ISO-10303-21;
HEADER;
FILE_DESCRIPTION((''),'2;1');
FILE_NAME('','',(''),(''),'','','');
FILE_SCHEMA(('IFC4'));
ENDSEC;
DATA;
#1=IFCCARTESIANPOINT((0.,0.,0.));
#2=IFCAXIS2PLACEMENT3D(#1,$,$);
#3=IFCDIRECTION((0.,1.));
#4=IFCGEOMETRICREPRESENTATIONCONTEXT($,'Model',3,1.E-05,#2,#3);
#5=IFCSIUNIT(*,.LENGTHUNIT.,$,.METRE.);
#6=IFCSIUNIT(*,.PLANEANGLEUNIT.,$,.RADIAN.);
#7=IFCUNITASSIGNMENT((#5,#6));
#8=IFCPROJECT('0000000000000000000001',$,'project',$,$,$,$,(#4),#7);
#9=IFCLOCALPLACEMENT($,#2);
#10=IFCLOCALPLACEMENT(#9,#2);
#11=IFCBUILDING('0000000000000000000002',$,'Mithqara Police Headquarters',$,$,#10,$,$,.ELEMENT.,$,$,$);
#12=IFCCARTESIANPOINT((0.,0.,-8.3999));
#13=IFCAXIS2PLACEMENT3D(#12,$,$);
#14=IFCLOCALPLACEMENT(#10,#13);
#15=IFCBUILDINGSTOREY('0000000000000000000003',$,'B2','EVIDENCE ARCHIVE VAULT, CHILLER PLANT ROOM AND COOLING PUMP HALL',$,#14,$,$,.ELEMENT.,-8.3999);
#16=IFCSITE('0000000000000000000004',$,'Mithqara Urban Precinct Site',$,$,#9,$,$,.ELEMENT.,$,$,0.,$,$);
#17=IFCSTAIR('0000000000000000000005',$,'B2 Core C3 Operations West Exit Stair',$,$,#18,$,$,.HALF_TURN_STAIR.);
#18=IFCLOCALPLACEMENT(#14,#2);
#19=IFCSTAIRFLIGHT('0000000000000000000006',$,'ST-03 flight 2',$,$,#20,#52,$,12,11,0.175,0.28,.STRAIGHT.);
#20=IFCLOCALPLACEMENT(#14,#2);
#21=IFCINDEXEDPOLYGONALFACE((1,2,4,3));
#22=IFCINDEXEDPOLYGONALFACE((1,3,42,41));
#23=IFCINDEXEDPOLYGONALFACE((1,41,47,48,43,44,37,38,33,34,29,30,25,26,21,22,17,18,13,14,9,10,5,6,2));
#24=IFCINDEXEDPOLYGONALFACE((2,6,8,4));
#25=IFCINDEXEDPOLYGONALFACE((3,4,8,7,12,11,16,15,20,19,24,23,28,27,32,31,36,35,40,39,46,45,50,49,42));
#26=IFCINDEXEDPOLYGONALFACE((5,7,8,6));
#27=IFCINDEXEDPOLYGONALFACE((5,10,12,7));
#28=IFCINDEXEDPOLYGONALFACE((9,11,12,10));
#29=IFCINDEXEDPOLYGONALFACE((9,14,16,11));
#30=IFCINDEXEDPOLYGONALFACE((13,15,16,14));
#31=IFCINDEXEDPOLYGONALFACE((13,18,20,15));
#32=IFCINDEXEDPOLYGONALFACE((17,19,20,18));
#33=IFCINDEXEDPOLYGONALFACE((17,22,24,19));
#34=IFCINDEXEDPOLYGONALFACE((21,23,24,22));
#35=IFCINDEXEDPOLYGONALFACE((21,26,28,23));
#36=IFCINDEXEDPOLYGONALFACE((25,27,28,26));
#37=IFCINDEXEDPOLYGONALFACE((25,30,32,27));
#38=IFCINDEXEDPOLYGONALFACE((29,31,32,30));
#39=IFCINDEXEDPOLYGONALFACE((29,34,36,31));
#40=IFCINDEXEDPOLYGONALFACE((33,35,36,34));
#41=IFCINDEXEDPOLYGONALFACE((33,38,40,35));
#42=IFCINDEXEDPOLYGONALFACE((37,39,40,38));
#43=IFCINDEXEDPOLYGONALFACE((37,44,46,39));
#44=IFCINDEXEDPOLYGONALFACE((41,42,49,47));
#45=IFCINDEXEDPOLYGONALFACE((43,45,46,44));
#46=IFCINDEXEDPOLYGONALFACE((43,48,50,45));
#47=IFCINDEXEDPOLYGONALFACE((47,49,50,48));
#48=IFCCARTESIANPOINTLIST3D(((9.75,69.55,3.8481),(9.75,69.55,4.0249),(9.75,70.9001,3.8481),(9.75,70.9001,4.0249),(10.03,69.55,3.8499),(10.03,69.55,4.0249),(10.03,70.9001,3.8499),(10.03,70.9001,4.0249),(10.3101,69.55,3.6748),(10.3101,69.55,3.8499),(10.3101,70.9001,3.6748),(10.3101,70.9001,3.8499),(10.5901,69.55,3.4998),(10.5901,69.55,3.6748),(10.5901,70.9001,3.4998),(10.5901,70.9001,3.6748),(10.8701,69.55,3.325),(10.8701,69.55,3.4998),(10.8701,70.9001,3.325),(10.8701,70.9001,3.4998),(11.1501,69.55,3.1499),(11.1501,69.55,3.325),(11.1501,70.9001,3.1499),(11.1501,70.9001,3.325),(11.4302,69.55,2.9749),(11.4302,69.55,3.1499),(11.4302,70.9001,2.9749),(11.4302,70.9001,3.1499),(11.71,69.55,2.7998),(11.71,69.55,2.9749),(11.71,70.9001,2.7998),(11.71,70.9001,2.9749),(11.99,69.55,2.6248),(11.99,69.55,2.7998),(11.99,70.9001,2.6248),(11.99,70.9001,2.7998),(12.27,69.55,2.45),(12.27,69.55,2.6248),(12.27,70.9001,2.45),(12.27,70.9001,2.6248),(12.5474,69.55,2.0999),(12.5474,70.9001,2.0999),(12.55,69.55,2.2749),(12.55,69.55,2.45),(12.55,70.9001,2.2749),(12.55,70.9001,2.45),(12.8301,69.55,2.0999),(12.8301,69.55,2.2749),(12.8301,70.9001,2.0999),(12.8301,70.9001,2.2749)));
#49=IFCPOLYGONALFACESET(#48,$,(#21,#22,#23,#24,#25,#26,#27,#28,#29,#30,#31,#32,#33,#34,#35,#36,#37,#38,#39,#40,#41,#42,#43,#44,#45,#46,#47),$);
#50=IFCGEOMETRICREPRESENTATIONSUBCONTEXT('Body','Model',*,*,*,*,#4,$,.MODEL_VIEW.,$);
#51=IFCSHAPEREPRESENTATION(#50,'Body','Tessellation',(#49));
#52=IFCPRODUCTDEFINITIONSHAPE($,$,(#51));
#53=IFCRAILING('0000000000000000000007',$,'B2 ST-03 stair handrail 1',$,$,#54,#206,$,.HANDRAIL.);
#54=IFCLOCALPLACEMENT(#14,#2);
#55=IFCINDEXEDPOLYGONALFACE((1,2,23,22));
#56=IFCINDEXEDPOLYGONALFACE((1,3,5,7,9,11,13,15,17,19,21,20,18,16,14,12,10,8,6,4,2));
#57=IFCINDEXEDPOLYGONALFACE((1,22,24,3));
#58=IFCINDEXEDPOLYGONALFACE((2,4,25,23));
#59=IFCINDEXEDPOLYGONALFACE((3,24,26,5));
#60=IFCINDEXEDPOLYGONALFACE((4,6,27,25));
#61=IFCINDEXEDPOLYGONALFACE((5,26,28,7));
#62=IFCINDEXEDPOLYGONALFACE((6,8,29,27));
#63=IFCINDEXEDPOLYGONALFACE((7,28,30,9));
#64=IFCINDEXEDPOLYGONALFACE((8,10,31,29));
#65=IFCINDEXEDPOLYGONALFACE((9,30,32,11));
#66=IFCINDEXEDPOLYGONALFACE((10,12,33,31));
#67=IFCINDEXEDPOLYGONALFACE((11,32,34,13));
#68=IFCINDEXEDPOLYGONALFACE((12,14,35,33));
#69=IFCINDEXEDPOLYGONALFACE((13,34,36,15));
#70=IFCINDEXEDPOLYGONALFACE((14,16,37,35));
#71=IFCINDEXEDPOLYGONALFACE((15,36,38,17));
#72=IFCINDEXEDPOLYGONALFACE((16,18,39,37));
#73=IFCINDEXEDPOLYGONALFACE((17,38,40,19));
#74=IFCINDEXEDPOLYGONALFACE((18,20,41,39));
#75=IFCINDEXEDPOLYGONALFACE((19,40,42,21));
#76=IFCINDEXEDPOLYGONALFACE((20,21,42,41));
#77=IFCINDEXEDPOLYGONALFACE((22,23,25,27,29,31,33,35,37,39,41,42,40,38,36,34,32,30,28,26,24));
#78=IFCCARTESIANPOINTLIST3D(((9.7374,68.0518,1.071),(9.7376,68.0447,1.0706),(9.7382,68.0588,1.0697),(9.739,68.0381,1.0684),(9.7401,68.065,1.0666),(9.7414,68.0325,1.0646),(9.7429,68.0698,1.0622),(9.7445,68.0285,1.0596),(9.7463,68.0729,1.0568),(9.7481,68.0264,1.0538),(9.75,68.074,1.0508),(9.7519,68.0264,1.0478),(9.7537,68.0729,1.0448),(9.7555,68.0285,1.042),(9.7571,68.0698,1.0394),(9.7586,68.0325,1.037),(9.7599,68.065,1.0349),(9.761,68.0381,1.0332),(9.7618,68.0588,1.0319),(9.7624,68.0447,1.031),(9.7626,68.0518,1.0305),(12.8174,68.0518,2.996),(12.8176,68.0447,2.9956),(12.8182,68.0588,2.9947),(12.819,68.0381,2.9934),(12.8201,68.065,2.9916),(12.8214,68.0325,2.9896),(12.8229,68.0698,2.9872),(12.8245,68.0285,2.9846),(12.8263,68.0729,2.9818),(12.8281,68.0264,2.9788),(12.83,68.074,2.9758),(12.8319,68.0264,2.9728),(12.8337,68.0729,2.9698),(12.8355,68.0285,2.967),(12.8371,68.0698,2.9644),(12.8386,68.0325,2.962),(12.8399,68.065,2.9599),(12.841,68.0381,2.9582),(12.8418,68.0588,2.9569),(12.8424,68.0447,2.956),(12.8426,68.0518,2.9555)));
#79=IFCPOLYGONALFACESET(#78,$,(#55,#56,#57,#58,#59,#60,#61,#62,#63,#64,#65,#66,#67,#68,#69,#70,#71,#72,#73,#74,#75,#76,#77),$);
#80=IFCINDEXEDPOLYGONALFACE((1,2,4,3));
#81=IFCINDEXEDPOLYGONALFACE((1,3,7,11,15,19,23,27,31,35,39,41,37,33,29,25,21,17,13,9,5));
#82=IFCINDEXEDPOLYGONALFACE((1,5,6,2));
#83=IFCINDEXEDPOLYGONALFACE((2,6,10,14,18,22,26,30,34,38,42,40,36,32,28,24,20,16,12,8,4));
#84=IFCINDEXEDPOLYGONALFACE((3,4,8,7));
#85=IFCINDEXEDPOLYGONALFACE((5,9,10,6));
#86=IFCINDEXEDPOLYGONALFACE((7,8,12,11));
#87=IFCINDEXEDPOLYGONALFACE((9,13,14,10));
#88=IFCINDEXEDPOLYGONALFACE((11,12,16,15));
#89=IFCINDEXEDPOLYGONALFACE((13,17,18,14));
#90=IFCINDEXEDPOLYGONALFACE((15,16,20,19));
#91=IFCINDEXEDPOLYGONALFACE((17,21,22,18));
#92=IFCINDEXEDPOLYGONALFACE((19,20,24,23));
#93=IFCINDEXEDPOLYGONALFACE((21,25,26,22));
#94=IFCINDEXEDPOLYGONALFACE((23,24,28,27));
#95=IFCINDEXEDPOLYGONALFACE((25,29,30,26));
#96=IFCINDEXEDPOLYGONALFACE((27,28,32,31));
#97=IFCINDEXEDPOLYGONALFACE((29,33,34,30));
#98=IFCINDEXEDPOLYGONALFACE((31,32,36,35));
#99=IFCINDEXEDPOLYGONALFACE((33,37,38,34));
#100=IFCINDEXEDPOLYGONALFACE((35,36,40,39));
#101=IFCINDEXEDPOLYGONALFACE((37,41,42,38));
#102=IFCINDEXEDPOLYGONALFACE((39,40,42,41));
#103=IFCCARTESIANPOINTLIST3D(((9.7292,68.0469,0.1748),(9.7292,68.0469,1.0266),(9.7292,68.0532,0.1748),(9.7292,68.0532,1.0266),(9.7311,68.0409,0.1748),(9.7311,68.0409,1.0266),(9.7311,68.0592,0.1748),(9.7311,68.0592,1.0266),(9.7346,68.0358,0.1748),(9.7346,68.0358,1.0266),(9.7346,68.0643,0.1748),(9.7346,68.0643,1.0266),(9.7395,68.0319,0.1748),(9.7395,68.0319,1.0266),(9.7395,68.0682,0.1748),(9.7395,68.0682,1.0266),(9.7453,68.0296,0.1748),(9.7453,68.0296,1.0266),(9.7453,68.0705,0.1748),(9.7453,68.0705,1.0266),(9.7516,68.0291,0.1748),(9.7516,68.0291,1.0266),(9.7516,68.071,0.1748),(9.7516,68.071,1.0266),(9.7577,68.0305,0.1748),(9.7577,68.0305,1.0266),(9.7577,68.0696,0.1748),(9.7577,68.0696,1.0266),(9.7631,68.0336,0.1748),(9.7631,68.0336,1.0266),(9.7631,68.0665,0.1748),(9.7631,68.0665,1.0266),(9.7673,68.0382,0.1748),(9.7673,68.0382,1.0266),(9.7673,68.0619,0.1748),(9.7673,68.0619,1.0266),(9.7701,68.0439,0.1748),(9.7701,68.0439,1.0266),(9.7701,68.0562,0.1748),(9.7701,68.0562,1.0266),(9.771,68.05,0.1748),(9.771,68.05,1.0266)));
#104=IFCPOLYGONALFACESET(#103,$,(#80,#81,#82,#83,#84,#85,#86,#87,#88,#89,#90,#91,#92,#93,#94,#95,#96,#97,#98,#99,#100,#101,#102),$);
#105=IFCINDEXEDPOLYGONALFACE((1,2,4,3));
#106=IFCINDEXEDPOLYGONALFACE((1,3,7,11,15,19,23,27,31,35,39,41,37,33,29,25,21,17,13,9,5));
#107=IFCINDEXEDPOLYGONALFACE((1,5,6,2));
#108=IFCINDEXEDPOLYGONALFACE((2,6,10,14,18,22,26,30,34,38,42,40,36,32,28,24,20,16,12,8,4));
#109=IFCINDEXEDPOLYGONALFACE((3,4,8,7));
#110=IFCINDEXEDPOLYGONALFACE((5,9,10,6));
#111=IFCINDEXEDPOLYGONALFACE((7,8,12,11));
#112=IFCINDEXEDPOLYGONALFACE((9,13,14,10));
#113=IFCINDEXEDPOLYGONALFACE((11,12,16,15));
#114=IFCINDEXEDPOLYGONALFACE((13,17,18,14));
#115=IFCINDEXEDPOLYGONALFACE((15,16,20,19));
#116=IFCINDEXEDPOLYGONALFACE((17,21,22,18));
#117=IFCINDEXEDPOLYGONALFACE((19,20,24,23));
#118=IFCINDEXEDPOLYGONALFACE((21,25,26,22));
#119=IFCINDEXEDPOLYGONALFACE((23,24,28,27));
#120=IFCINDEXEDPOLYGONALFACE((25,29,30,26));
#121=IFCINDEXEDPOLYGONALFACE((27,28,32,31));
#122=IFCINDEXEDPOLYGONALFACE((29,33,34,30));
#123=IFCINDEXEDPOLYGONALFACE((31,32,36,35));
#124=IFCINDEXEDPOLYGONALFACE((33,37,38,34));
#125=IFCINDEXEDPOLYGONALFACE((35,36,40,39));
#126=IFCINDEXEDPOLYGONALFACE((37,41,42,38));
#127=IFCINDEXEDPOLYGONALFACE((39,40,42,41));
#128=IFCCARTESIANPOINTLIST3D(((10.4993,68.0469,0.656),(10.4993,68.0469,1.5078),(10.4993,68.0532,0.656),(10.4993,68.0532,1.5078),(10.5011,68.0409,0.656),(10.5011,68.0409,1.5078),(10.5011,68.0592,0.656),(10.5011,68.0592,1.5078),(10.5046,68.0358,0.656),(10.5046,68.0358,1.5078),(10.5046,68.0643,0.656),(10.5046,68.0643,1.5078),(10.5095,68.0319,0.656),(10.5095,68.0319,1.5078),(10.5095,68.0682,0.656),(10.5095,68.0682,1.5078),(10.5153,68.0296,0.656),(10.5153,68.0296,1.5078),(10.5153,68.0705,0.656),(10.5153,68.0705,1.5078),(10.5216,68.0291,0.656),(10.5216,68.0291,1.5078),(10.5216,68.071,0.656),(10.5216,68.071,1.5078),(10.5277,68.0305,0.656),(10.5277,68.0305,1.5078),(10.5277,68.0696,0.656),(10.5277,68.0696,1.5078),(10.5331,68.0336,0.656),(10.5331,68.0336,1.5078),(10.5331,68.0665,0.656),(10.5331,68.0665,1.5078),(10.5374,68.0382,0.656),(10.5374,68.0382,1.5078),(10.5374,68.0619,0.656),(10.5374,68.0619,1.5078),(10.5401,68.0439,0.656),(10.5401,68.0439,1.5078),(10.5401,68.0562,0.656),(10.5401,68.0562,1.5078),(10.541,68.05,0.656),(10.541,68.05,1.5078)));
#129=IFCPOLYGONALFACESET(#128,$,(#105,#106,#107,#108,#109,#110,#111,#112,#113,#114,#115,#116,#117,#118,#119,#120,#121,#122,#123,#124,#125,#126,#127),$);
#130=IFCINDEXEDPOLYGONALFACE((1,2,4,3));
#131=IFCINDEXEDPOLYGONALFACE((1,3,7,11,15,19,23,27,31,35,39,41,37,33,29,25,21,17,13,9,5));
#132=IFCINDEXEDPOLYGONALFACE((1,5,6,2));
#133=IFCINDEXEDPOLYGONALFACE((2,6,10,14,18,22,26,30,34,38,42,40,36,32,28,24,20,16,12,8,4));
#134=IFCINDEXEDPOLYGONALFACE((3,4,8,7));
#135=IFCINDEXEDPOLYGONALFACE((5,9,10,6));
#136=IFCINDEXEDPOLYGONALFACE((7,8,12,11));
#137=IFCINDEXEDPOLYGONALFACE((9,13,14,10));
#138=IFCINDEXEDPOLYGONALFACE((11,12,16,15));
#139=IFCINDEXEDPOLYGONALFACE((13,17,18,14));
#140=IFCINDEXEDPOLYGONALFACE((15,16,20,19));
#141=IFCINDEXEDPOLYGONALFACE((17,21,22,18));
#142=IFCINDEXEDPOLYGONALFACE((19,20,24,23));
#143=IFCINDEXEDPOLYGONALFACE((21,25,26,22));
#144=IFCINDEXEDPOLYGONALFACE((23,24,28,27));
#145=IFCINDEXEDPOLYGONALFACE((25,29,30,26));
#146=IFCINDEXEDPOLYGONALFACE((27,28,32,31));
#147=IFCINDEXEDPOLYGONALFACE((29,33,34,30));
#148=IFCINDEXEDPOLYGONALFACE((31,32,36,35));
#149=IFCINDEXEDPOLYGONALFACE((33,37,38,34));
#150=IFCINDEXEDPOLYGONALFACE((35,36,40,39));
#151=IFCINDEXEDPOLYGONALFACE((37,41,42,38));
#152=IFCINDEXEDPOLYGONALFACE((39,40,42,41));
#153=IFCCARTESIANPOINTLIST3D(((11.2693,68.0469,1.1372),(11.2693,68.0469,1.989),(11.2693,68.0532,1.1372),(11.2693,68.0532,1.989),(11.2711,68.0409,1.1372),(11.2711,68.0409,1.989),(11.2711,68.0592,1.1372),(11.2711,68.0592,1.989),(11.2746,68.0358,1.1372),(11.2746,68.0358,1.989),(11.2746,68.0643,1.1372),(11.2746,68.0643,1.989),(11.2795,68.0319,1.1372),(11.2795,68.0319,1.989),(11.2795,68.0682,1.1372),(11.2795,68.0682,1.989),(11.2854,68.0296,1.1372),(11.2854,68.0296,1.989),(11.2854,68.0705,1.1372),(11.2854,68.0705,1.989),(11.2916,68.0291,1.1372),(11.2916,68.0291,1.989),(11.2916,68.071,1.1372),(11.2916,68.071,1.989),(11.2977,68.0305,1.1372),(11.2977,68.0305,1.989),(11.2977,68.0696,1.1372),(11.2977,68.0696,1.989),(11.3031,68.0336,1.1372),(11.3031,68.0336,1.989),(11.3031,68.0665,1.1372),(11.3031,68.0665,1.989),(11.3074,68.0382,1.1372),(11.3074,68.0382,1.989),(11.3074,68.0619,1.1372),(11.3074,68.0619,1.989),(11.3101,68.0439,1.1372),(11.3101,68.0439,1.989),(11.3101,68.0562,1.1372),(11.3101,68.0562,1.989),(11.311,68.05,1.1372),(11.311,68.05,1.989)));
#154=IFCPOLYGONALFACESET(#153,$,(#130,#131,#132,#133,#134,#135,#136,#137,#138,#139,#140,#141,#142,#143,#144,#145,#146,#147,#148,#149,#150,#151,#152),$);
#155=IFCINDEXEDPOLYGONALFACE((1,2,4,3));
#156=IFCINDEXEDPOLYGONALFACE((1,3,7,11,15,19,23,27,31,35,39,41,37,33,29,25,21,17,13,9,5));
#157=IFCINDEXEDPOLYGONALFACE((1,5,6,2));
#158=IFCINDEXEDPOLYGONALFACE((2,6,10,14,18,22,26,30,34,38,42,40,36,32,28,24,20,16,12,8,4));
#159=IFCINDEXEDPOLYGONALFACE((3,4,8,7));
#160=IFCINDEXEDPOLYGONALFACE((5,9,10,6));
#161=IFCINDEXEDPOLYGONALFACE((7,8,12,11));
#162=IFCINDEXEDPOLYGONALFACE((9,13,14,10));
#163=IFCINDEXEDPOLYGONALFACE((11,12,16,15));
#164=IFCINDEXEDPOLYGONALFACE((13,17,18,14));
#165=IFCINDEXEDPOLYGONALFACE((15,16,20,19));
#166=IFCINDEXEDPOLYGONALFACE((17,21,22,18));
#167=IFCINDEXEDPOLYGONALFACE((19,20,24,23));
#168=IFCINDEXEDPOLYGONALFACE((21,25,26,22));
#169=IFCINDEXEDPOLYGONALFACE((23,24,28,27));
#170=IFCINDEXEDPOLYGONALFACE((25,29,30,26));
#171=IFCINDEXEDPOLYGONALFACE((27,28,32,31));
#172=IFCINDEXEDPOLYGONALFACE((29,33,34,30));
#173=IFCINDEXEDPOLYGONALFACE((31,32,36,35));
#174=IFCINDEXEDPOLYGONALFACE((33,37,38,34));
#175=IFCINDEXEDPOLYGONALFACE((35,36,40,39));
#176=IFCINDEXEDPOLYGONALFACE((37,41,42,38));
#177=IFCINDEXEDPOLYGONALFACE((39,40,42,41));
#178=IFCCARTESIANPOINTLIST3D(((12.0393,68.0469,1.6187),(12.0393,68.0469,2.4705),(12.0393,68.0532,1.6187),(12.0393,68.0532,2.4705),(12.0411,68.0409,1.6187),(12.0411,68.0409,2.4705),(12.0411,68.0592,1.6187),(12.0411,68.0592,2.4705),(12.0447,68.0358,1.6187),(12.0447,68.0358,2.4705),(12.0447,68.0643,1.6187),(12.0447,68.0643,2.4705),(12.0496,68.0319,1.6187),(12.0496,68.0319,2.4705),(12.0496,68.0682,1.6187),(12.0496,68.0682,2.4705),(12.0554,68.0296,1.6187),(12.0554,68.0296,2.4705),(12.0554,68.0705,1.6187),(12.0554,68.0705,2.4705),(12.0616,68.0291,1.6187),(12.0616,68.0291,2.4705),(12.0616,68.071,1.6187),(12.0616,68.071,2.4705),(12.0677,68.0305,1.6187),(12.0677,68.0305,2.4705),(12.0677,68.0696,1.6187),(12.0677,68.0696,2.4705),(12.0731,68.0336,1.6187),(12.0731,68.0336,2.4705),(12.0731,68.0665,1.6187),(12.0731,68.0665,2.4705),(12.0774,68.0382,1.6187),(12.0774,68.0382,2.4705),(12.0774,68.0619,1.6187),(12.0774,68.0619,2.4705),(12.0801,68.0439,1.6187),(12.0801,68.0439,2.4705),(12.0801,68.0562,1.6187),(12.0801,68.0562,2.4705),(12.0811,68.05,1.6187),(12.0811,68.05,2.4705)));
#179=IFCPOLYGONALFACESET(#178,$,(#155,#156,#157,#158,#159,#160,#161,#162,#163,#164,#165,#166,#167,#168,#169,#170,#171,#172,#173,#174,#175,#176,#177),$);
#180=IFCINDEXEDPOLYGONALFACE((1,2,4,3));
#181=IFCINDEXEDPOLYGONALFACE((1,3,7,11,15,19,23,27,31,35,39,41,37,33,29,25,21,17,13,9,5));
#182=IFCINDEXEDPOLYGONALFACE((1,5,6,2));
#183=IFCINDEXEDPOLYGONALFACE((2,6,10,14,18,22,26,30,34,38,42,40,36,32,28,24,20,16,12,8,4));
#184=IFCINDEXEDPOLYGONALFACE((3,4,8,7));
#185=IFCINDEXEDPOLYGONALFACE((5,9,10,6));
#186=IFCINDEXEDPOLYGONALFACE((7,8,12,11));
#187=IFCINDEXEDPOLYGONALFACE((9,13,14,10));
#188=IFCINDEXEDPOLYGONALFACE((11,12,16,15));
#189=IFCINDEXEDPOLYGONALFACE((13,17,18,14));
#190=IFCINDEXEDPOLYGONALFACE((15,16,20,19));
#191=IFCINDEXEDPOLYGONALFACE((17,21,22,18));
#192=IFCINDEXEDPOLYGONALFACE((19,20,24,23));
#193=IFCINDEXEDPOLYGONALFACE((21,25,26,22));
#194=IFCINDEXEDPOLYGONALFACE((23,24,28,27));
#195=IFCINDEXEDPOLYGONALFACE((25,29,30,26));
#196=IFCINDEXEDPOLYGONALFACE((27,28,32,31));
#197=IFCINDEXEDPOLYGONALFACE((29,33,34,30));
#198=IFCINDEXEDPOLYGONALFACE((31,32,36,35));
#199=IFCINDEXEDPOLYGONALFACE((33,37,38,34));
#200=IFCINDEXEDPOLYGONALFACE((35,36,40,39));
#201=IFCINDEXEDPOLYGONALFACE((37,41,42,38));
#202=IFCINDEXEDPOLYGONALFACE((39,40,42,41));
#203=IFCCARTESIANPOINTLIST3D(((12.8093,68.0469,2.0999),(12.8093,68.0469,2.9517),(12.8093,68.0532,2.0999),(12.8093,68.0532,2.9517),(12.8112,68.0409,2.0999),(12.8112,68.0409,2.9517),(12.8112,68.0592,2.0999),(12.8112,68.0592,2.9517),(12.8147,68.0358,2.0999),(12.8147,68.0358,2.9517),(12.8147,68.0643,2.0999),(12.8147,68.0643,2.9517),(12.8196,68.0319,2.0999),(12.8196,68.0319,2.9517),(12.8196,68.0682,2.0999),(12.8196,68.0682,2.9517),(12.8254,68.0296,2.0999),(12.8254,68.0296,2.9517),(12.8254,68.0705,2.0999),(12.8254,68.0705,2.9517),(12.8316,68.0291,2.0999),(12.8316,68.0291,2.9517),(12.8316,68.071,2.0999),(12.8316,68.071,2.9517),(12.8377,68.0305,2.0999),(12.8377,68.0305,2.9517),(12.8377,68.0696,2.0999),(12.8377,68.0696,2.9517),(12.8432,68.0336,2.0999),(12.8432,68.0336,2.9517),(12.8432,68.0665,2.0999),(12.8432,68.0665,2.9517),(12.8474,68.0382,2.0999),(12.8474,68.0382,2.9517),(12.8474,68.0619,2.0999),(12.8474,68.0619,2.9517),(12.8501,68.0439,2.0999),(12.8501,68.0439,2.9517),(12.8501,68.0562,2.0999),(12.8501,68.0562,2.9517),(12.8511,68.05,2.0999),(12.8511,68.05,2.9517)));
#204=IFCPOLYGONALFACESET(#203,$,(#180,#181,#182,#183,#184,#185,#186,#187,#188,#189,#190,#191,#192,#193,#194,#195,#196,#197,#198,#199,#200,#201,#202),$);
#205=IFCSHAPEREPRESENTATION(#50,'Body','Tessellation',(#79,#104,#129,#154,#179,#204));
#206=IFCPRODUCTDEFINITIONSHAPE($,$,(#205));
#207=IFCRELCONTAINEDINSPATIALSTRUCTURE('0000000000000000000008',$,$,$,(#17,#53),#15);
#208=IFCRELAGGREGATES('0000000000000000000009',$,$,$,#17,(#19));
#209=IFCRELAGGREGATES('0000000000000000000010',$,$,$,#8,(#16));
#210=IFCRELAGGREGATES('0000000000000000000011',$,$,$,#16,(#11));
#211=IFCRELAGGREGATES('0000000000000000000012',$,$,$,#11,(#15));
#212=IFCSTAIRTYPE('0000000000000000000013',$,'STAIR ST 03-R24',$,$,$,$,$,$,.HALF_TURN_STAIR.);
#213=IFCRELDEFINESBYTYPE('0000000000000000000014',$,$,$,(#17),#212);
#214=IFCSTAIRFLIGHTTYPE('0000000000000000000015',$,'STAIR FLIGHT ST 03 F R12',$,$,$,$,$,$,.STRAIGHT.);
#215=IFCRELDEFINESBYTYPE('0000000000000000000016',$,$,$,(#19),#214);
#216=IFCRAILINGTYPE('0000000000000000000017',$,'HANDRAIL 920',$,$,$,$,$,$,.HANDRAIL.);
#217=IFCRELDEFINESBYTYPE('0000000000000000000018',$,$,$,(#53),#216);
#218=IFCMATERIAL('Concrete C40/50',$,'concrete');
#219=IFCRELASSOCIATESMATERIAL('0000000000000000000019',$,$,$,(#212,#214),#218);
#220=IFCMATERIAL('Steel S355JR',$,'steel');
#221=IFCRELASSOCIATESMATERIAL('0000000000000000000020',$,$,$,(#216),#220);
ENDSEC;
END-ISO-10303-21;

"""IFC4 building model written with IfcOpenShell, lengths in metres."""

from ifc_helpers import new_model, si_unit, direction, frame, origin, origin_2d, place, context, subcontext, project, spatial, polyline, circle, outline, extrude, material, type_object, element, aggregate, save


model = new_model("IFC4")

# Units and contexts
model_context = context("Model", 3, precision=1e-05, world=origin(), true_north=direction((0.0, 1.0)))
body_context = subcontext(model_context, "Body", "Model", "MODEL_VIEW")
ifc_project = project(units=[si_unit("LENGTHUNIT", "METRE"), si_unit("PLANEANGLEUNIT", "RADIAN")], contexts=[model_context])

# Site, building, storey
site_placement = place(None, origin())
site = spatial("IfcSite", under=ifc_project, at=site_placement, Name="Mithqara Urban Precinct Site", CompositionType="ELEMENT", RefElevation=0.0)
building_placement = place(site_placement, origin())
building = spatial("IfcBuilding", under=site, at=building_placement, Name="Mithqara Police Headquarters", CompositionType="ELEMENT")
storey_placement = place(building_placement, frame((0.0, 0.0, -8.3999)))
storey = spatial("IfcBuildingStorey", under=building, at=storey_placement, Name="B2", Description="EVIDENCE ARCHIVE VAULT, CHILLER PLANT ROOM AND COOLING PUMP HALL", CompositionType="ELEMENT", Elevation=-8.3999)

# Shared definitions
ifc_material_1 = material(Name="Concrete C40/50", Category="concrete")

# Shared definitions
ifc_material_2 = material(Name="Steel S355JR", Category="steel")

# Stair, stair flight
stair_type = type_object("IfcStairType", Name="STAIR ST 03-R24", PredefinedType="HALF_TURN_STAIR", material=ifc_material_1)
stair_placement = place(storey_placement, origin())
stair = element("IfcStair", 1, at=stair_placement, inside=storey, type_object=stair_type, Name="B2 Core C3 Operations West Exit Stair", PredefinedType="HALF_TURN_STAIR")
stair_flight_type = type_object("IfcStairFlightType", Name="STAIR FLIGHT ST 03 F R12", PredefinedType="STRAIGHT", material=ifc_material_1)
stair_flight_1_placement = place(storey_placement, frame((12.8301, 70.2251, 2.0999), z_axis=(0.0, 0.0, 1.0), x_axis=(-1.0, 0.0, 0.0)))
stair_flight_1 = element("IfcStairFlight", 2, at=stair_flight_1_placement, type_object=stair_flight_type, Name="ST-03 flight 2", NumberOfRisers=12, NumberOfTreads=11, PredefinedType="STRAIGHT", RiserHeight=0.175, TreadLength=0.28, context=body_context, shape_type="SweptSolid", body=[
    extrude(outline(polyline([(0.0, 0.0), (0.0, 0.175), (0.28, 0.175), (0.28, 0.3501), (0.5601, 0.3501), (0.5601, 0.5249), (0.8401, 0.5249), (0.8401, 0.7), (1.1201, 0.7), (1.1201, 0.875), (1.3999, 0.875), (1.3999, 1.05), (1.6799, 1.05), (1.6799, 1.2251), (1.96, 1.2251), (1.96, 1.3999), (2.24, 1.3999), (2.24, 1.575), (2.52, 1.575), (2.52, 1.75), (2.8, 1.75), (2.8, 1.925), (3.0801, 1.925), (3.0801, 2.1001), (3.0801, 1.7483), (0.2827, 0.0), (0.0, 0.0)])), frame((0.0, 0.675, 0.0), z_axis=(0.0, -1.0, 0.0), x_axis=(1.0, 0.0, 0.0)), (0.0, 0.0, 1.0), 1.3501),
])
aggregate(stair, [stair_flight_1])

# Railing
railing_type_1 = type_object("IfcRailingType", Name="HANDRAIL 920", PredefinedType="HANDRAIL", material=ifc_material_2)
railing_1_placement = place(storey_placement, frame((9.75, 68.05, 0.1748)))
element("IfcRailing", 3, at=railing_1_placement, inside=storey, type_object=railing_type_1, Name="B2 ST-03 stair handrail 1", PredefinedType="HANDRAIL", context=body_context, shape_type="SweptSolid", body=[
    extrude(circle(Radius=0.0239, at=origin_2d()), frame((0.0, 0.0, 0.876), z_axis=(0.847998, 0.0, 0.529999), x_axis=(0.0, 1.0, 0.0)), (0.0, 0.0, 1.0), 3.6321),
    extrude(circle(Radius=0.021, at=origin_2d()), origin(), (0.0, 0.0, 1.0), 0.8518),
    extrude(circle(Radius=0.021, at=origin_2d()), frame((0.77, 0.0, 0.4812)), (0.0, 0.0, 1.0), 0.8518),
    extrude(circle(Radius=0.021, at=origin_2d()), frame((1.54, 0.0, 0.9624)), (0.0, 0.0, 1.0), 0.8518),
    extrude(circle(Radius=0.021, at=origin_2d()), frame((2.3101, 0.0, 1.4438)), (0.0, 0.0, 1.0), 0.8518),
    extrude(circle(Radius=0.021, at=origin_2d()), frame((3.0801, 0.0, 1.925)), (0.0, 0.0, 1.0), 0.8518),
])

save(model, "model.ifc")
